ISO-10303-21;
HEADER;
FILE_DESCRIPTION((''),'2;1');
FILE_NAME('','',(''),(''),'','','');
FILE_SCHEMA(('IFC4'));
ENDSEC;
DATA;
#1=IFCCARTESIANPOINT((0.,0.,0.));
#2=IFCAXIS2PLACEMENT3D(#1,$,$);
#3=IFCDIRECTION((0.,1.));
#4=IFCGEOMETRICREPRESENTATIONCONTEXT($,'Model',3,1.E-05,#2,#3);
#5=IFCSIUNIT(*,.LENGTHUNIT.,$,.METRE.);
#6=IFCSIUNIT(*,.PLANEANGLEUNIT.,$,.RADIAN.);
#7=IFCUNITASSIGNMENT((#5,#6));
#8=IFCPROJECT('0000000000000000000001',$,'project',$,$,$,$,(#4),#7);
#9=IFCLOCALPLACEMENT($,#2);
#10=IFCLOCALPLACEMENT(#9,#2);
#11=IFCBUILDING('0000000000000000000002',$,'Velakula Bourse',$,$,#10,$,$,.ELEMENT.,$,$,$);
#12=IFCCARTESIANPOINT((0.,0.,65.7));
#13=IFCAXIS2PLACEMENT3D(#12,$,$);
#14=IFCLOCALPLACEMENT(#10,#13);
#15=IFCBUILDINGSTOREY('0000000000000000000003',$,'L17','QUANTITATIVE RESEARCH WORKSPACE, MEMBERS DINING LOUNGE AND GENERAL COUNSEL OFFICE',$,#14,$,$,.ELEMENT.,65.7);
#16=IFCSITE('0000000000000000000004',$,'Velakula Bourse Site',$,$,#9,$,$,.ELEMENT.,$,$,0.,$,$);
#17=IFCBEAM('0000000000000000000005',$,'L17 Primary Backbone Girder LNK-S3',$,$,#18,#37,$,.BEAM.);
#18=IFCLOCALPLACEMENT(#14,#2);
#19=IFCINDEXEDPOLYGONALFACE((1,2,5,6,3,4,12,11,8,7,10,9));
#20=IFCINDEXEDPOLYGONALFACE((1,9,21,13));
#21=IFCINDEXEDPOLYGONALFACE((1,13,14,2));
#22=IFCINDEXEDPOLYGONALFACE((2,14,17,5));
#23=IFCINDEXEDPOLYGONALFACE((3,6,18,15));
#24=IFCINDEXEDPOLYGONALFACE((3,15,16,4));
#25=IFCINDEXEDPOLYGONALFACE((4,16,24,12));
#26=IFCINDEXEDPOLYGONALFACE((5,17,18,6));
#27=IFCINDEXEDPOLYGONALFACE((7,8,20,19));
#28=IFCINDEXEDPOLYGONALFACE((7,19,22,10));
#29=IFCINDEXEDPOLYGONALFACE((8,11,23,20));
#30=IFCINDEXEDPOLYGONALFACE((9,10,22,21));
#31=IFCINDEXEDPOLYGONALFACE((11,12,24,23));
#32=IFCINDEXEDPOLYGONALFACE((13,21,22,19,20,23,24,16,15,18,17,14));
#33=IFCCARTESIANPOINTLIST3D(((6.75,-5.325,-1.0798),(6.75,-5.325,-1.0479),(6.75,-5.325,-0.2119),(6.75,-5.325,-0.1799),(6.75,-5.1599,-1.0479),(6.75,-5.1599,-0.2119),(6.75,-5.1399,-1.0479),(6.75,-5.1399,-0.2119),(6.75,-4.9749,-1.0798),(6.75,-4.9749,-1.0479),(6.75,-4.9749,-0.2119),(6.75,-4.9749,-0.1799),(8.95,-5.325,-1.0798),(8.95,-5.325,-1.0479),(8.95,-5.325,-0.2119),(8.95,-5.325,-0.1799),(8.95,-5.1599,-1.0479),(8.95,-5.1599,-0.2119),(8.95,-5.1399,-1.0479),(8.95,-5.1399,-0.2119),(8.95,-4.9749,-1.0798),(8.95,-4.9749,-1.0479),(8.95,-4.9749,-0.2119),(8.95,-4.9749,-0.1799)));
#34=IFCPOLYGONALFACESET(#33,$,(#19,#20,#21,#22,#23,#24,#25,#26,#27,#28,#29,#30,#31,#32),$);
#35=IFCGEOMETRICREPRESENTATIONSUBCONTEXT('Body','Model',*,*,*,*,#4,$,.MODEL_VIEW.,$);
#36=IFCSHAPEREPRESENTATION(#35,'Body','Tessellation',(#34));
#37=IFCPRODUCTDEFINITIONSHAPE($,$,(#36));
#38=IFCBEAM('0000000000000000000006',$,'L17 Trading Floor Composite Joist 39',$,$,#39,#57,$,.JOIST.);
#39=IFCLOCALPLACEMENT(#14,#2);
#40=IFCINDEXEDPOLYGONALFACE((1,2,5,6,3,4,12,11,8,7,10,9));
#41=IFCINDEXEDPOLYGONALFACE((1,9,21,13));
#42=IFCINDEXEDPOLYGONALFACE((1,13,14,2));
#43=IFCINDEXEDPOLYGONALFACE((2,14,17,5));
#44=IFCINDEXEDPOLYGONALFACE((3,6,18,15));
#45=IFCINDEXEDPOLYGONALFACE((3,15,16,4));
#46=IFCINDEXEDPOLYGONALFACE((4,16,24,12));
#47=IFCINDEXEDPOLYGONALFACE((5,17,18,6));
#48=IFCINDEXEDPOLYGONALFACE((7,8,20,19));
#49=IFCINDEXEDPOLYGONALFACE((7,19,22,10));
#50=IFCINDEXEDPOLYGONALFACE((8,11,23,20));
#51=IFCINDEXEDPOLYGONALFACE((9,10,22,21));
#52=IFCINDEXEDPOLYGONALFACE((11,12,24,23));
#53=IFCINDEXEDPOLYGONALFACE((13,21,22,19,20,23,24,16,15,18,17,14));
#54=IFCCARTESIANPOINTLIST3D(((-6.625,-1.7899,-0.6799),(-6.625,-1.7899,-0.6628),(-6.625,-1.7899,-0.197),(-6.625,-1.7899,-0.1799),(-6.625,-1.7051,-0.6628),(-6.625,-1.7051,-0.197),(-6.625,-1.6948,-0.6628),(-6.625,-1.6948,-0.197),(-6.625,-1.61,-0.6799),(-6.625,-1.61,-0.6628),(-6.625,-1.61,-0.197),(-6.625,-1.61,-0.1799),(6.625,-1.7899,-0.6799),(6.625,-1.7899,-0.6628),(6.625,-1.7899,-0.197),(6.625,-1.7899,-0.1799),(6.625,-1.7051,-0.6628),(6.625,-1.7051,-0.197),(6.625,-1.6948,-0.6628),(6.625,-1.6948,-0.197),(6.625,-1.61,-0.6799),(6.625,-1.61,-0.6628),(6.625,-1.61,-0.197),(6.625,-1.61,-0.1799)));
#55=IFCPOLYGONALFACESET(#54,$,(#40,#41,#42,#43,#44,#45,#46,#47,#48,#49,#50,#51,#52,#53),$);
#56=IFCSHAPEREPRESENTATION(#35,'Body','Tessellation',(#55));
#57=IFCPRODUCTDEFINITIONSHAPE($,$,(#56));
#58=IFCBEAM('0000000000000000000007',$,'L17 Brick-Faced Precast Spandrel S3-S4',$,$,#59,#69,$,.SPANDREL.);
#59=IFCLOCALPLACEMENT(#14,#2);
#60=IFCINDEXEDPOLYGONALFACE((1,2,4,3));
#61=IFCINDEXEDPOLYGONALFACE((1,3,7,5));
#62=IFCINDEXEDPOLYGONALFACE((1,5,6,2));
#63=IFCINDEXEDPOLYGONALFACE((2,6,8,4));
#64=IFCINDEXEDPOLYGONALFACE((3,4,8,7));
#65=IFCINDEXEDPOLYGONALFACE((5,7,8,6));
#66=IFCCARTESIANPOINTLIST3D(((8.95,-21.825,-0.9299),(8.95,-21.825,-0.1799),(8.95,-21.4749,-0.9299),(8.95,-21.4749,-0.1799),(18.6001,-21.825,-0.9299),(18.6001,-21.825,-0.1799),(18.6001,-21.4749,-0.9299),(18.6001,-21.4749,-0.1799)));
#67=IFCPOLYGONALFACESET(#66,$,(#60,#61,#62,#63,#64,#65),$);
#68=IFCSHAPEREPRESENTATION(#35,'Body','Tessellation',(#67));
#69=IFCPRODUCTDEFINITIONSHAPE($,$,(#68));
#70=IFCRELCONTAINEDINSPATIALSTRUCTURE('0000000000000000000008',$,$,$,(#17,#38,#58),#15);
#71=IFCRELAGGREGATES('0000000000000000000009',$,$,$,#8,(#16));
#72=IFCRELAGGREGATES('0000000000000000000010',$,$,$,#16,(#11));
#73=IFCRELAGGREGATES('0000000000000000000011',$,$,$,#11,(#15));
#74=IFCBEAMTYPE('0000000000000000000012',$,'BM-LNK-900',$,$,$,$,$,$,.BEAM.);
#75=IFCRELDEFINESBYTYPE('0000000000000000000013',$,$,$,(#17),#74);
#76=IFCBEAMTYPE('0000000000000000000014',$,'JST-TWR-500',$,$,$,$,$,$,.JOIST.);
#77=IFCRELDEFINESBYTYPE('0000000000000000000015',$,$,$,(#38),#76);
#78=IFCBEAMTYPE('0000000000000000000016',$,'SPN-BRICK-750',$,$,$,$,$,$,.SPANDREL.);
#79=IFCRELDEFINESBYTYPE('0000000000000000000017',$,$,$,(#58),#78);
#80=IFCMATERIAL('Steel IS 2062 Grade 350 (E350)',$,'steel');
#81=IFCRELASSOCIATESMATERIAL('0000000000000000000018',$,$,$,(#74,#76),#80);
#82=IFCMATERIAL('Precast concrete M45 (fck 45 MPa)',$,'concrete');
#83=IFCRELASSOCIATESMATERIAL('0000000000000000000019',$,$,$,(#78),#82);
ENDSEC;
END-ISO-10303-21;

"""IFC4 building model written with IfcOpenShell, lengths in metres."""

from ifc_helpers import new_model, si_unit, direction, frame, origin, origin_2d, place, context, subcontext, project, spatial, rectangle, i_section, extrude, material, material_profile, profile_set, type_object, element, save


model = new_model("IFC4")

# Units and contexts
model_context = context("Model", 3, precision=1e-05, world=origin(), true_north=direction((0.0, 1.0)))
body_context = subcontext(model_context, "Body", "Model", "MODEL_VIEW")
ifc_project = project(units=[si_unit("LENGTHUNIT", "METRE"), si_unit("PLANEANGLEUNIT", "RADIAN")], contexts=[model_context])

# Site, building, storey
site_placement = place(None, origin())
site = spatial("IfcSite", under=ifc_project, at=site_placement, Name="Velakula Bourse Site", CompositionType="ELEMENT", RefElevation=0.0)
building_placement = place(site_placement, origin())
building = spatial("IfcBuilding", under=site, at=building_placement, Name="Velakula Bourse", CompositionType="ELEMENT")
storey_placement = place(building_placement, frame((0.0, 0.0, 65.7)))
storey = spatial("IfcBuildingStorey", under=building, at=storey_placement, Name="L17", Description="QUANTITATIVE RESEARCH WORKSPACE, MEMBERS DINING LOUNGE AND GENERAL COUNSEL OFFICE", CompositionType="ELEMENT", Elevation=65.7)

# Beams
ifc_material_1 = material(Name="Steel IS 2062 Grade 350 (E350)", Category="steel")
ifc_material_profile_1 = material_profile(ifc_material_1, i_section(OverallWidth=0.3501, OverallDepth=0.8999, WebThickness=0.02, FlangeThickness=0.032, at=origin_2d()), Name="Steel IS 2062 Grade 350 (E350)")
ifc_profile_set_1 = profile_set([ifc_material_profile_1], Name="Steel IS 2062 Grade 350 (E350)")
beam_type_1 = type_object("IfcBeamType", Name="BM-LNK-900", PredefinedType="BEAM", material=ifc_profile_set_1)
beam_1_placement = place(storey_placement, frame((6.75, -5.1499, -0.6299), z_axis=(1.0, 0.0, 0.0), x_axis=(0.0, 1.0, 0.0)))
element("IfcBeam", 1, at=beam_1_placement, inside=storey, type_object=beam_type_1, Name="L17 Primary Backbone Girder LNK-S3", PredefinedType="BEAM", context=body_context, shape_type="SweptSolid", body=[
    extrude(i_section(OverallWidth=0.3501, OverallDepth=0.8999, WebThickness=0.02, FlangeThickness=0.032, at=origin_2d()), origin(), (0.0, 0.0, 1.0), 2.2),
])
ifc_material_profile_2 = material_profile(ifc_material_1, i_section(OverallWidth=0.1799, OverallDepth=0.5, WebThickness=0.0103, FlangeThickness=0.0171, at=origin_2d()), Name="Steel IS 2062 Grade 350 (E350)")
ifc_profile_set_2 = profile_set([ifc_material_profile_2], Name="Steel IS 2062 Grade 350 (E350)")
beam_type_2 = type_object("IfcBeamType", Name="JST-TWR-500", PredefinedType="JOIST", material=ifc_profile_set_2)
beam_2_placement = place(storey_placement, frame((-6.625, -1.7, -0.4299), z_axis=(1.0, 0.0, 0.0), x_axis=(0.0, 1.0, 0.0)))
element("IfcBeam", 2, at=beam_2_placement, inside=storey, type_object=beam_type_2, Name="L17 Trading Floor Composite Joist 39", PredefinedType="JOIST", context=body_context, shape_type="SweptSolid", body=[
    extrude(i_section(OverallWidth=0.1799, OverallDepth=0.5, WebThickness=0.0103, FlangeThickness=0.0171, at=origin_2d()), origin(), (0.0, 0.0, 1.0), 13.25),
])
ifc_material_2 = material(Name="Precast concrete M45 (fck 45 MPa)", Category="concrete")
ifc_material_profile_3 = material_profile(ifc_material_2, rectangle(XDim=0.3501, YDim=0.75, at=origin_2d()), Name="Precast concrete M45 (fck 45 MPa)")
ifc_profile_set_3 = profile_set([ifc_material_profile_3], Name="Precast concrete M45 (fck 45 MPa)")
beam_type_3 = type_object("IfcBeamType", Name="SPN-BRICK-750", PredefinedType="SPANDREL", material=ifc_profile_set_3)
beam_3_placement = place(storey_placement, frame((8.95, -21.6499, -0.5549), z_axis=(1.0, 0.0, 0.0), x_axis=(0.0, 1.0, 0.0)))
element("IfcBeam", 3, at=beam_3_placement, inside=storey, type_object=beam_type_3, Name="L17 Brick-Faced Precast Spandrel S3-S4", PredefinedType="SPANDREL", context=body_context, shape_type="SweptSolid", body=[
    extrude(rectangle(XDim=0.3501, YDim=0.75, at=origin_2d()), origin(), (0.0, 0.0, 1.0), 9.6501),
])

save(model, "model.ifc")
